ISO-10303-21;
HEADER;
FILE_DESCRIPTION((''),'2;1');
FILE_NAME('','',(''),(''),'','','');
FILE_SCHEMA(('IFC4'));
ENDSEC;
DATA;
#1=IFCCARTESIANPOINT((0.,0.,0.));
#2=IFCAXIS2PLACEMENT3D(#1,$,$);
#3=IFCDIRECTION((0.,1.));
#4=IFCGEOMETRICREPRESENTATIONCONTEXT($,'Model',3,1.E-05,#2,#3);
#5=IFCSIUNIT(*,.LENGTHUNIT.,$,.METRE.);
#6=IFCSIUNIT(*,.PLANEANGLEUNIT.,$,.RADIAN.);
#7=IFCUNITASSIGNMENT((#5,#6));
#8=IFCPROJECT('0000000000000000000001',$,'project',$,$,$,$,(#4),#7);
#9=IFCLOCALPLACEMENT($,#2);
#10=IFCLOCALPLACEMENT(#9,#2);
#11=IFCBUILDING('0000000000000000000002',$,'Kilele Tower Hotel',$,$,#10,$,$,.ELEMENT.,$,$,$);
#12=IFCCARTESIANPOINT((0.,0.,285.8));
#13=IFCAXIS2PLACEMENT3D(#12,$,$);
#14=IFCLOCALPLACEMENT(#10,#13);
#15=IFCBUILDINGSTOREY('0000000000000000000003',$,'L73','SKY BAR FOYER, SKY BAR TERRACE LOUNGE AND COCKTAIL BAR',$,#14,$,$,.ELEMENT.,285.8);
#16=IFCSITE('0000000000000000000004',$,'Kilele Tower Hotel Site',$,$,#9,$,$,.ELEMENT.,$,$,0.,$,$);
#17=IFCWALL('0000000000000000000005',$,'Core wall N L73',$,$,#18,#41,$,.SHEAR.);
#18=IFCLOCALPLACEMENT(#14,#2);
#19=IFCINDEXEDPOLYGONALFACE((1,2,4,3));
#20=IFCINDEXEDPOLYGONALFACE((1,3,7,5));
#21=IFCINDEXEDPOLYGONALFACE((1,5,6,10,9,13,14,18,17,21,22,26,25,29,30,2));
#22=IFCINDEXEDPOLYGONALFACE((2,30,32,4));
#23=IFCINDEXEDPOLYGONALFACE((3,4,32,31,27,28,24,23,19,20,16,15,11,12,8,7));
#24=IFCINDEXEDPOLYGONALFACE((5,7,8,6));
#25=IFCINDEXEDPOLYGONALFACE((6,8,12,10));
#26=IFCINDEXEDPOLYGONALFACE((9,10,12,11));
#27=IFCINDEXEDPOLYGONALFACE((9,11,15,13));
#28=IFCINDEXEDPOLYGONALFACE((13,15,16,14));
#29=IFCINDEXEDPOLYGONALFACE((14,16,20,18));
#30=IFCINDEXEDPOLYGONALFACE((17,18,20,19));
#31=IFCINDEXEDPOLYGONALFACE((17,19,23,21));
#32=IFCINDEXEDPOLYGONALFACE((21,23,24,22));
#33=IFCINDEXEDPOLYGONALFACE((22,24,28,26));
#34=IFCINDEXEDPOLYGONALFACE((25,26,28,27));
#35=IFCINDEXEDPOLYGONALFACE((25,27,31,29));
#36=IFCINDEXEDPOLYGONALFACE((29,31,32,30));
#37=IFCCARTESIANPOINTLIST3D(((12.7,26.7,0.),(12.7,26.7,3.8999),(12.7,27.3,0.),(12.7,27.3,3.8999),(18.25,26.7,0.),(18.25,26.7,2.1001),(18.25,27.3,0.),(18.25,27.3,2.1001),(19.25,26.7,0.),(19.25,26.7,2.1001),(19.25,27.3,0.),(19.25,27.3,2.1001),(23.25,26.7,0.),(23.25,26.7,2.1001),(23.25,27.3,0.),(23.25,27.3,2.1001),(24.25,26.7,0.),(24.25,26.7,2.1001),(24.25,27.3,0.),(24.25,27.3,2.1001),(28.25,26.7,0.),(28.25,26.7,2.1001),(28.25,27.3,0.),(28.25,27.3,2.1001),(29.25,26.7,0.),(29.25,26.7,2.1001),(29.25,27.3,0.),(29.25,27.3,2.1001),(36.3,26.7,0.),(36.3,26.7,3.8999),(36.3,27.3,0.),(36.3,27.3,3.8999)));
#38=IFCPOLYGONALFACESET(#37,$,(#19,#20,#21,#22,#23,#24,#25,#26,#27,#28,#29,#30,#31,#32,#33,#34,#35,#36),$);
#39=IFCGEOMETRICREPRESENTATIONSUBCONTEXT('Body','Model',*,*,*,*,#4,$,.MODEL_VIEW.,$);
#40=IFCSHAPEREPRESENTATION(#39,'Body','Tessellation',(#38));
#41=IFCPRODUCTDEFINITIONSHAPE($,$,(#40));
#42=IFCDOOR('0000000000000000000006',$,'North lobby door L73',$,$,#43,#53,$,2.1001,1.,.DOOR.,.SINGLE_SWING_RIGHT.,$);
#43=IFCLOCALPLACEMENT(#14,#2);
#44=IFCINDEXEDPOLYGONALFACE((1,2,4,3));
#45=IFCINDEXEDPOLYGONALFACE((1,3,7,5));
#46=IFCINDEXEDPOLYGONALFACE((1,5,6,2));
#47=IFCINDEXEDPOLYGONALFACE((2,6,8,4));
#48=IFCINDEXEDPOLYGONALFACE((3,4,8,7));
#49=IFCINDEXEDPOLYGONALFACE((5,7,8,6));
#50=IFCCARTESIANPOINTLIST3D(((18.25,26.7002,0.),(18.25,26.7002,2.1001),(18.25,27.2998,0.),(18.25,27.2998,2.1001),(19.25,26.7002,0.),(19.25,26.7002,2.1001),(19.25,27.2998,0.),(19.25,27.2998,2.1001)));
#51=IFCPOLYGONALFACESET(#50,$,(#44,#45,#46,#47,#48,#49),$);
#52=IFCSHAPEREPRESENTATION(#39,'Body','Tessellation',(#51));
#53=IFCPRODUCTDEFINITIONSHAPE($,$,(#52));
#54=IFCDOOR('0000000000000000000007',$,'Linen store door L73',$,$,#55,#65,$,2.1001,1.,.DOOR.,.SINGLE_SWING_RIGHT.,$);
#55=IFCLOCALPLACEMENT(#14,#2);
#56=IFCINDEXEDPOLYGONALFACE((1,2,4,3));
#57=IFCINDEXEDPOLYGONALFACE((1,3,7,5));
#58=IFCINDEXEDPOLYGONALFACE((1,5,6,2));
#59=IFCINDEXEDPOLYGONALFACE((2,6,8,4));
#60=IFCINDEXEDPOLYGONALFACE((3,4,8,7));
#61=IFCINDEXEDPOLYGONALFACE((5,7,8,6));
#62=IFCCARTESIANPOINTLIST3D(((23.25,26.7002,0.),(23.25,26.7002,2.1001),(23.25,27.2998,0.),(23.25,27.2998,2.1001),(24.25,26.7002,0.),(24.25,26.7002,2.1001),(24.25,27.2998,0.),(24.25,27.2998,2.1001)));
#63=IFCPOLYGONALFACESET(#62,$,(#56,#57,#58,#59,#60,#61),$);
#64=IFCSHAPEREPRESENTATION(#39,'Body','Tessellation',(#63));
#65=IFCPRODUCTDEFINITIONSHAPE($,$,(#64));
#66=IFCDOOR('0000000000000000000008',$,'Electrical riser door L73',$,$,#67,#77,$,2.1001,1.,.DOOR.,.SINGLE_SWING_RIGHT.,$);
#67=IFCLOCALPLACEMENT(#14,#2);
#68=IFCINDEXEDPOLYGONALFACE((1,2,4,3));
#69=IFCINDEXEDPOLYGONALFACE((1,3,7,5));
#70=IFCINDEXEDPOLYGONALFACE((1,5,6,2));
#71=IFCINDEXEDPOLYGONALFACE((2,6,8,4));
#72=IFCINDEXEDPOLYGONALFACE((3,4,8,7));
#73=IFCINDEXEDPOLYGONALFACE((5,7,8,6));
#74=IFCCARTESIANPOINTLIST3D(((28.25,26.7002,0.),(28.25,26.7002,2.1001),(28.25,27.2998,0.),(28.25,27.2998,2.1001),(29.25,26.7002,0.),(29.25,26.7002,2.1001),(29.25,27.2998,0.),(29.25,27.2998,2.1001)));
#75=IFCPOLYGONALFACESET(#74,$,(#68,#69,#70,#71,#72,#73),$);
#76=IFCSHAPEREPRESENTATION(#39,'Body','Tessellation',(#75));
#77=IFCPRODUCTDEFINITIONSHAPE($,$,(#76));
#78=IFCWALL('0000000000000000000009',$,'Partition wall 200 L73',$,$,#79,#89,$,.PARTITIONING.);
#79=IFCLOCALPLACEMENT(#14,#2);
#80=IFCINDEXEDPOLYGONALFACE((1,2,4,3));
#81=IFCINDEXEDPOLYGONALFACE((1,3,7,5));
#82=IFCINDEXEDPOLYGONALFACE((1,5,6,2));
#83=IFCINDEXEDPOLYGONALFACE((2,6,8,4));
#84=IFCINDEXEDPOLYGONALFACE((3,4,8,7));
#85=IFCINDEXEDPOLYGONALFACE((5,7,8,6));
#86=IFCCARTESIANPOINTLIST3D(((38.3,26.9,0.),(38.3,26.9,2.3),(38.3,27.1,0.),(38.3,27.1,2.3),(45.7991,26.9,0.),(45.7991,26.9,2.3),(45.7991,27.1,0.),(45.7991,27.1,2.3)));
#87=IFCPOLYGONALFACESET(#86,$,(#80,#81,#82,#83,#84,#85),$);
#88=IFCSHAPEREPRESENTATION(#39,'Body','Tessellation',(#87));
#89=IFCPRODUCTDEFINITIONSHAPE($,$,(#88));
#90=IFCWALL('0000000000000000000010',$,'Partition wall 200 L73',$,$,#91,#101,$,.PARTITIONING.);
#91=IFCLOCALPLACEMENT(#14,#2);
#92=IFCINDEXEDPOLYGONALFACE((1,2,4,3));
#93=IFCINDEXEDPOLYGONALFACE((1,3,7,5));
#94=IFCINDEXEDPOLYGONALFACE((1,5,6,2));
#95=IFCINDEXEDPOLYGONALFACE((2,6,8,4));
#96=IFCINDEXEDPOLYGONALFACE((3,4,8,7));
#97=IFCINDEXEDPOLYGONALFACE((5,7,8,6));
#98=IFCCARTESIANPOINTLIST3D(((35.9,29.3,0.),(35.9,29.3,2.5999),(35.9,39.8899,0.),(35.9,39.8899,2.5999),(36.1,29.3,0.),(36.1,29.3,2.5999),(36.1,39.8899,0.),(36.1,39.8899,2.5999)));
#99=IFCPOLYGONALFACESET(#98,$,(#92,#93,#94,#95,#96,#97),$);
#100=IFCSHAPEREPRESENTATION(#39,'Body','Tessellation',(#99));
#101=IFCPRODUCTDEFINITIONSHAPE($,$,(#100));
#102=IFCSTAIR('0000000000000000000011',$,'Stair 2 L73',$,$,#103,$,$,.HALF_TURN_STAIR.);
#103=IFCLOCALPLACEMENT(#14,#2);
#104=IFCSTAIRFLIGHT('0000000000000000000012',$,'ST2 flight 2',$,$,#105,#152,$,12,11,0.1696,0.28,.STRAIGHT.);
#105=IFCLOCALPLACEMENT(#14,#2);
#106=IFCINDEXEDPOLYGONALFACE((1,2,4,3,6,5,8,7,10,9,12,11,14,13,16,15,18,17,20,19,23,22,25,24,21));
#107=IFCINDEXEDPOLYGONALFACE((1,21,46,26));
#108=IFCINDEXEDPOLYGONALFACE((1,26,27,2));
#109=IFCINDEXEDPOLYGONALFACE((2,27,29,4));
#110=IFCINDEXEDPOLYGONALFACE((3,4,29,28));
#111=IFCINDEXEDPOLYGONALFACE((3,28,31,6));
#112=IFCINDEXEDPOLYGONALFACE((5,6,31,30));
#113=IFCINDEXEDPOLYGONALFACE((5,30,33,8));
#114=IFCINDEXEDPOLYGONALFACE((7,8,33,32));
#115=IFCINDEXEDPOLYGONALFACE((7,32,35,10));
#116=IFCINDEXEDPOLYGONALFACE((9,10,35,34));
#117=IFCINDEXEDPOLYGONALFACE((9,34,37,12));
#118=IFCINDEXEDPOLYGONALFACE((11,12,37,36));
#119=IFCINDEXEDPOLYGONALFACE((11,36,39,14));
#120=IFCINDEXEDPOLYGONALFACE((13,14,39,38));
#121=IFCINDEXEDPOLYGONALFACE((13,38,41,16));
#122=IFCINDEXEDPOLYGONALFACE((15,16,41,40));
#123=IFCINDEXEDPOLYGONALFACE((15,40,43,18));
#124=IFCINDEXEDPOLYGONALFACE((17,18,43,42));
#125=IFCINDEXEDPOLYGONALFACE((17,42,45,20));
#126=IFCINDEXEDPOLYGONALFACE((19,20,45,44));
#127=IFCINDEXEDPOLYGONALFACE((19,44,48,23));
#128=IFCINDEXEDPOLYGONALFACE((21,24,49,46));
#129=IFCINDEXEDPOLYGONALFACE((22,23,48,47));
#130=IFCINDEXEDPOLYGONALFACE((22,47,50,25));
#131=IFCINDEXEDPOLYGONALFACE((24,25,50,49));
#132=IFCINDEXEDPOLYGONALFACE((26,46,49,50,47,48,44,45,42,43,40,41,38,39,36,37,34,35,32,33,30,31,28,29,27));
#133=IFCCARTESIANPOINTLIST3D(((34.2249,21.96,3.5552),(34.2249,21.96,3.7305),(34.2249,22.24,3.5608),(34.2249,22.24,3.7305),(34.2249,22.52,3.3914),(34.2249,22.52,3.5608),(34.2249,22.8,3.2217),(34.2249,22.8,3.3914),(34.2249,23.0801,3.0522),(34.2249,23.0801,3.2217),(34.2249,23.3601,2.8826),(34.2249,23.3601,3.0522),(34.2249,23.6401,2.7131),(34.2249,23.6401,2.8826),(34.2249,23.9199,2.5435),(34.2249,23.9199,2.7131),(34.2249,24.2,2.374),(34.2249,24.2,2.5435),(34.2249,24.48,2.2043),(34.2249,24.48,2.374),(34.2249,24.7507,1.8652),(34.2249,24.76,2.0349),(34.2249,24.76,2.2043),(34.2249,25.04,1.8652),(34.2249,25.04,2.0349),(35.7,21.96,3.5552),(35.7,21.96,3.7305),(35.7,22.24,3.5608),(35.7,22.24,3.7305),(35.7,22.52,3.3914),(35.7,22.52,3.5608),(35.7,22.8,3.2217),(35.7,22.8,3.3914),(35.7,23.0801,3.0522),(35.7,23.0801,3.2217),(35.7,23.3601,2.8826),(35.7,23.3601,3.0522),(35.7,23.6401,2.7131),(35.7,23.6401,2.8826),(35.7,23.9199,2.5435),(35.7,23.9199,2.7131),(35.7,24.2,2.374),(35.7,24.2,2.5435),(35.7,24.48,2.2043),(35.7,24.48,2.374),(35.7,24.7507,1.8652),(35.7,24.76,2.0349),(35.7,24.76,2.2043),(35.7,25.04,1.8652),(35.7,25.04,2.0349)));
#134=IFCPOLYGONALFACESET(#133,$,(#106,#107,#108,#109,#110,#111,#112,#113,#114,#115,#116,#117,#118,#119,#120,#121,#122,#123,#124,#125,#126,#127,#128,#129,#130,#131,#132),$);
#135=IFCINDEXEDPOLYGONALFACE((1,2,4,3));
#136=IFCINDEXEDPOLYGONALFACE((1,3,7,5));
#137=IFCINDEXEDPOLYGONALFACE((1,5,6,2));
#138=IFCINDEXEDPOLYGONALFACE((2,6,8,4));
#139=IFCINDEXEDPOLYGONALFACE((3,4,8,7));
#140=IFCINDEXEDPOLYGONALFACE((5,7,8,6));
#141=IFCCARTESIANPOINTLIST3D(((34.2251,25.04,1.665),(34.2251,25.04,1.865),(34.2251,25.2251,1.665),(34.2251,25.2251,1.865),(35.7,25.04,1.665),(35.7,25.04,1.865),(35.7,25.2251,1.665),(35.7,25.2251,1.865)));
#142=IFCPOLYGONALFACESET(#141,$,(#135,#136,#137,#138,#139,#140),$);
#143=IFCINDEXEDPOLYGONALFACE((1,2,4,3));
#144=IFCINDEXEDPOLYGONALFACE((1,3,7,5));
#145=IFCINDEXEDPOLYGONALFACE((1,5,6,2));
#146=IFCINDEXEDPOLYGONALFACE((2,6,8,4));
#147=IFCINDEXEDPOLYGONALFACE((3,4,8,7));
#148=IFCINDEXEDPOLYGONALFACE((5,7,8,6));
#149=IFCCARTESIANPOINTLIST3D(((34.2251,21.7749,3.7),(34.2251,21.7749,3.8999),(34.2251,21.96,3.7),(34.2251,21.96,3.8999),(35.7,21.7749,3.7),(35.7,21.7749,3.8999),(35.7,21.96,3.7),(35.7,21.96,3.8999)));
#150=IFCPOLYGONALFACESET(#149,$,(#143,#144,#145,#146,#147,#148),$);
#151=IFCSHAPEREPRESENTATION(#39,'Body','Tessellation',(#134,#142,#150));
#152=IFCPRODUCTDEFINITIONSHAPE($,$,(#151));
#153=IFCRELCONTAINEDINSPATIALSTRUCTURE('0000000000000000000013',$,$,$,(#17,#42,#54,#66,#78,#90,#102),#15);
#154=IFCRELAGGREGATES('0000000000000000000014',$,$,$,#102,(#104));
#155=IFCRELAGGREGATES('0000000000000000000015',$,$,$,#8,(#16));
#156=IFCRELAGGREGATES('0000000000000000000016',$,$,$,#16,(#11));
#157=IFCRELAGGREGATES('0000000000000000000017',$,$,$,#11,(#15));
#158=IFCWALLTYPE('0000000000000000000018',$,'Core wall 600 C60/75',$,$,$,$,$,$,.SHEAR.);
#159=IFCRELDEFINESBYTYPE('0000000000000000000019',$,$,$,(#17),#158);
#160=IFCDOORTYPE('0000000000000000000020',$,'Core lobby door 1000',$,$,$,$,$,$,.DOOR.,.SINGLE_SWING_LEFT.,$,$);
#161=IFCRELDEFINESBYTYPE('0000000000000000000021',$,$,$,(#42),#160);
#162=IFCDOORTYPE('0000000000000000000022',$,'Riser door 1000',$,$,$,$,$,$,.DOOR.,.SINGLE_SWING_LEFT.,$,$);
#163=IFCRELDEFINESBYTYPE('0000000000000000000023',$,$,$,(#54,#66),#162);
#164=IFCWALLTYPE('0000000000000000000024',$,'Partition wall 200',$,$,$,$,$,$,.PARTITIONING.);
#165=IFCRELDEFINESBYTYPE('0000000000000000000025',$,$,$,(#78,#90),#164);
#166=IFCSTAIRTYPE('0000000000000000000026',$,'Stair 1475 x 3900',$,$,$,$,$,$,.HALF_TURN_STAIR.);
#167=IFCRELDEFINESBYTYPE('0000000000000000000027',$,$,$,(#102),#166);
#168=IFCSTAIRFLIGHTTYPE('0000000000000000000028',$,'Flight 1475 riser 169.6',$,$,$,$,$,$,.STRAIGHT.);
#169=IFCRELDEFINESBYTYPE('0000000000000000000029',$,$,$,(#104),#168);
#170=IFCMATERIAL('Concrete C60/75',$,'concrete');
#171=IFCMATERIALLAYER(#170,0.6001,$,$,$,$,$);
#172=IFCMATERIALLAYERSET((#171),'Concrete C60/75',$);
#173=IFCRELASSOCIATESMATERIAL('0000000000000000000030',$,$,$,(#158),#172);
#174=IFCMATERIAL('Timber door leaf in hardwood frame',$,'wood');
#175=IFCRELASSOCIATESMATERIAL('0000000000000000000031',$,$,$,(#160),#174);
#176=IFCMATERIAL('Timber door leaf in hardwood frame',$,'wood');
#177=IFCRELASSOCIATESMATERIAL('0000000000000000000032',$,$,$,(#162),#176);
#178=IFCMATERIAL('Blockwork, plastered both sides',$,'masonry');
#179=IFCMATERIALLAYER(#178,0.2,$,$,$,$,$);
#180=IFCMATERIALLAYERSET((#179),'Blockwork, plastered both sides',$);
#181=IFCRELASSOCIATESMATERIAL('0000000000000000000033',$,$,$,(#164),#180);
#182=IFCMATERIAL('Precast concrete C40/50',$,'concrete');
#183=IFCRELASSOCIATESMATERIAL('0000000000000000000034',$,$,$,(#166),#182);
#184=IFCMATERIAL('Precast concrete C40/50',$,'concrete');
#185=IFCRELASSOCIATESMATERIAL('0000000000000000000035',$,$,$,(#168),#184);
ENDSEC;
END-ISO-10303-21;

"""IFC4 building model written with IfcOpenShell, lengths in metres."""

from ifc_helpers import new_model, si_unit, direction, frame, frame_2d, origin, place, context, subcontext, project, spatial, polyline, rectangle, outline, extrude, material, layer, layer_set, type_object, element, fill, aggregate, save


model = new_model("IFC4")

# Units and contexts
model_context = context("Model", 3, precision=1e-05, world=origin(), true_north=direction((0.0, 1.0)))
body_context = subcontext(model_context, "Body", "Model", "MODEL_VIEW")
ifc_project = project(units=[si_unit("LENGTHUNIT", "METRE"), si_unit("PLANEANGLEUNIT", "RADIAN")], contexts=[model_context])

# Site, building, storey
site_placement = place(None, origin())
site = spatial("IfcSite", under=ifc_project, at=site_placement, Name="Kilele Tower Hotel Site", CompositionType="ELEMENT", RefElevation=0.0)
building_placement = place(site_placement, origin())
building = spatial("IfcBuilding", under=site, at=building_placement, Name="Kilele Tower Hotel", CompositionType="ELEMENT")
storey_placement = place(building_placement, frame((0.0, 0.0, 285.8)))
storey = spatial("IfcBuildingStorey", under=building, at=storey_placement, Name="L73", Description="SKY BAR FOYER, SKY BAR TERRACE LOUNGE AND COCKTAIL BAR", CompositionType="ELEMENT", Elevation=285.8)

# Wall, openings, doors
ifc_material_1 = material(Name="Concrete C60/75", Category="concrete")
ifc_layer_1 = layer(ifc_material_1, 0.6001)
ifc_layer_set_1 = layer_set([ifc_layer_1], Name="Concrete C60/75")
wall_type_1 = type_object("IfcWallType", Name="Core wall 600 C60/75", PredefinedType="SHEAR", material=ifc_layer_set_1)
wall_1_placement = place(storey_placement, frame((36.3, 27.0, 0.0), z_axis=(0.0, 0.0, 1.0), x_axis=(-1.0, 0.0, 0.0)))
wall_1 = element("IfcWall", 1, at=wall_1_placement, inside=storey, type_object=wall_type_1, Name="Core wall N L73", PredefinedType="SHEAR", context=body_context, shape_type="SweptSolid", body=[
    extrude(rectangle(XDim=23.6001, YDim=0.6001, at=frame_2d((11.8, 0.0))), origin(), (0.0, 0.0, 1.0), 3.8999),
])
opening_1_placement = place(wall_1_placement, frame((17.05, 0.0, 0.0)))
opening_1 = element("IfcOpeningElement", 2, at=opening_1_placement, cuts=wall_1, PredefinedType="OPENING", context=body_context, shape_type="SweptSolid", body=[
    extrude(rectangle(XDim=1.0, YDim=2.1001, at=frame_2d((0.5, 1.05))), frame((0.0, 0.3101, 0.0), z_axis=(0.0, -1.0, 0.0), x_axis=(1.0, 0.0, 0.0)), (0.0, 0.0, 1.0), 0.6201),
])
opening_2_placement = place(wall_1_placement, frame((12.05, 0.0, 0.0)))
opening_2 = element("IfcOpeningElement", 3, at=opening_2_placement, cuts=wall_1, PredefinedType="OPENING", context=body_context, shape_type="SweptSolid", body=[
    extrude(rectangle(XDim=1.0, YDim=2.1001, at=frame_2d((0.5, 1.05))), frame((0.0, 0.3101, 0.0), z_axis=(0.0, -1.0, 0.0), x_axis=(1.0, 0.0, 0.0)), (0.0, 0.0, 1.0), 0.6201),
])
opening_3_placement = place(wall_1_placement, frame((7.05, 0.0, 0.0)))
opening_3 = element("IfcOpeningElement", 4, at=opening_3_placement, cuts=wall_1, PredefinedType="OPENING", context=body_context, shape_type="SweptSolid", body=[
    extrude(rectangle(XDim=1.0, YDim=2.1001, at=frame_2d((0.5, 1.05))), frame((0.0, 0.3101, 0.0), z_axis=(0.0, -1.0, 0.0), x_axis=(1.0, 0.0, 0.0)), (0.0, 0.0, 1.0), 0.6201),
])
ifc_material_2 = material(Name="Timber door leaf in hardwood frame", Category="wood")
door_type_1 = type_object("IfcDoorType", Name="Core lobby door 1000", OperationType="SINGLE_SWING_LEFT", PredefinedType="DOOR", material=ifc_material_2)
door_1_placement = place(opening_1_placement, origin())
door_1 = element("IfcDoor", 5, at=door_1_placement, inside=storey, type_object=door_type_1, Name="North lobby door L73", OperationType="SINGLE_SWING_RIGHT", OverallHeight=2.1001, OverallWidth=1.0, PredefinedType="DOOR", context=body_context, shape_type="SweptSolid", body=[
    extrude(rectangle(XDim=1.0, YDim=2.1001, at=frame_2d((0.5, 1.05))), frame((0.0, 0.2998, 0.0), z_axis=(0.0, -1.0, 0.0), x_axis=(1.0, 0.0, 0.0)), (0.0, 0.0, 1.0), 0.5996),
])
fill(opening_1, door_1)
ifc_material_3 = material(Name="Timber door leaf in hardwood frame", Category="wood")
door_type_2 = type_object("IfcDoorType", Name="Riser door 1000", OperationType="SINGLE_SWING_LEFT", PredefinedType="DOOR", material=ifc_material_3)
door_2_placement = place(opening_2_placement, origin())
door_2 = element("IfcDoor", 6, at=door_2_placement, inside=storey, type_object=door_type_2, Name="Linen store door L73", OperationType="SINGLE_SWING_RIGHT", OverallHeight=2.1001, OverallWidth=1.0, PredefinedType="DOOR", context=body_context, shape_type="SweptSolid", body=[
    extrude(rectangle(XDim=1.0, YDim=2.1001, at=frame_2d((0.5, 1.05))), frame((0.0, 0.2998, 0.0), z_axis=(0.0, -1.0, 0.0), x_axis=(1.0, 0.0, 0.0)), (0.0, 0.0, 1.0), 0.5996),
])
fill(opening_2, door_2)
door_3_placement = place(opening_3_placement, origin())
door_3 = element("IfcDoor", 7, at=door_3_placement, inside=storey, type_object=door_type_2, Name="Electrical riser door L73", OperationType="SINGLE_SWING_RIGHT", OverallHeight=2.1001, OverallWidth=1.0, PredefinedType="DOOR", context=body_context, shape_type="SweptSolid", body=[
    extrude(rectangle(XDim=1.0, YDim=2.1001, at=frame_2d((0.5, 1.05))), frame((0.0, 0.2998, 0.0), z_axis=(0.0, -1.0, 0.0), x_axis=(1.0, 0.0, 0.0)), (0.0, 0.0, 1.0), 0.5996),
])
fill(opening_3, door_3)

# Walls
ifc_material_4 = material(Name="Blockwork, plastered both sides", Category="masonry")
ifc_layer_2 = layer(ifc_material_4, 0.2)
ifc_layer_set_2 = layer_set([ifc_layer_2], Name="Blockwork, plastered both sides")
wall_type_2 = type_object("IfcWallType", Name="Partition wall 200", PredefinedType="PARTITIONING", material=ifc_layer_set_2)
wall_2_placement = place(storey_placement, frame((38.3, 27.0, 0.0), z_axis=(0.0, 0.0, 1.0), x_axis=(1.0, 0.0, 0.0)))
element("IfcWall", 8, at=wall_2_placement, inside=storey, type_object=wall_type_2, Name="Partition wall 200 L73", PredefinedType="PARTITIONING", context=body_context, shape_type="SweptSolid", body=[
    extrude(rectangle(XDim=7.499, YDim=0.2, at=frame_2d((3.7495, 0.0))), origin(), (0.0, 0.0, 1.0), 2.3),
])
wall_3_placement = place(storey_placement, frame((36.0, 29.3, 0.0), z_axis=(0.0, 0.0, 1.0), x_axis=(0.0, 1.0, 0.0)))
element("IfcWall", 9, at=wall_3_placement, inside=storey, type_object=wall_type_2, Name="Partition wall 200 L73", PredefinedType="PARTITIONING", context=body_context, shape_type="SweptSolid", body=[
    extrude(rectangle(XDim=10.5898, YDim=0.2, at=frame_2d((5.2949, 0.0))), origin(), (0.0, 0.0, 1.0), 2.5999),
])

# Stair, stair flight
ifc_material_5 = material(Name="Precast concrete C40/50", Category="concrete")
stair_type = type_object("IfcStairType", Name="Stair 1475 x 3900", PredefinedType="HALF_TURN_STAIR", material=ifc_material_5)
stair_placement = place(storey_placement, origin())
stair = element("IfcStair", 10, at=stair_placement, inside=storey, type_object=stair_type, Name="Stair 2 L73", PredefinedType="HALF_TURN_STAIR")
ifc_material_6 = material(Name="Precast concrete C40/50", Category="concrete")
stair_flight_type = type_object("IfcStairFlightType", Name="Flight 1475 riser 169.6", PredefinedType="STRAIGHT", material=ifc_material_6)
stair_flight_placement = place(storey_placement, frame((34.9624, 25.04, 1.8652), z_axis=(0.0, 0.0, 1.0), x_axis=(0.0, -1.0, 0.0)))
stair_flight = element("IfcStairFlight", 11, at=stair_flight_placement, type_object=stair_flight_type, Name="ST2 flight 2", NumberOfRisers=12, NumberOfTreads=11, PredefinedType="STRAIGHT", RiserHeight=0.1696, TreadLength=0.28, context=body_context, shape_type="SweptSolid", body=[
    extrude(outline(polyline([(0.0, 0.0), (0.0, 0.1697), (0.28, 0.1697), (0.28, 0.3391), (0.5601, 0.3391), (0.5601, 0.5088), (0.8401, 0.5088), (0.8401, 0.6782), (1.1201, 0.6782), (1.1201, 0.8479), (1.3999, 0.8479), (1.3999, 1.0173), (1.6799, 1.0173), (1.6799, 1.187), (1.96, 1.187), (1.96, 1.3564), (2.24, 1.3564), (2.24, 1.5261), (2.52, 1.5261), (2.52, 1.6956), (2.8, 1.6956), (2.8, 1.8652), (3.0801, 1.8652), (3.0801, 2.0347), (3.0801, 1.6899), (0.2893, 0.0), (0.0, 0.0)])), frame((0.0, 0.7375, 0.0), z_axis=(0.0, -1.0, 0.0), x_axis=(1.0, 0.0, 0.0)), (0.0, 0.0, 1.0), 1.4751),
    extrude(outline(polyline([(0.0, -0.7373), (0.0, 0.7375), (-0.1851, 0.7375), (-0.1851, -0.7373), (0.0, -0.7373)])), frame((0.0, 0.0, -0.2002)), (0.0, 0.0, 1.0), 0.2),
    extrude(outline(polyline([(3.2651, -0.7373), (3.2651, 0.7375), (3.0801, 0.7375), (3.0801, -0.7373), (3.2651, -0.7373)])), frame((0.0, 0.0, 1.8347)), (0.0, 0.0, 1.0), 0.2),
])
aggregate(stair, [stair_flight])

save(model, "model.ifc")
